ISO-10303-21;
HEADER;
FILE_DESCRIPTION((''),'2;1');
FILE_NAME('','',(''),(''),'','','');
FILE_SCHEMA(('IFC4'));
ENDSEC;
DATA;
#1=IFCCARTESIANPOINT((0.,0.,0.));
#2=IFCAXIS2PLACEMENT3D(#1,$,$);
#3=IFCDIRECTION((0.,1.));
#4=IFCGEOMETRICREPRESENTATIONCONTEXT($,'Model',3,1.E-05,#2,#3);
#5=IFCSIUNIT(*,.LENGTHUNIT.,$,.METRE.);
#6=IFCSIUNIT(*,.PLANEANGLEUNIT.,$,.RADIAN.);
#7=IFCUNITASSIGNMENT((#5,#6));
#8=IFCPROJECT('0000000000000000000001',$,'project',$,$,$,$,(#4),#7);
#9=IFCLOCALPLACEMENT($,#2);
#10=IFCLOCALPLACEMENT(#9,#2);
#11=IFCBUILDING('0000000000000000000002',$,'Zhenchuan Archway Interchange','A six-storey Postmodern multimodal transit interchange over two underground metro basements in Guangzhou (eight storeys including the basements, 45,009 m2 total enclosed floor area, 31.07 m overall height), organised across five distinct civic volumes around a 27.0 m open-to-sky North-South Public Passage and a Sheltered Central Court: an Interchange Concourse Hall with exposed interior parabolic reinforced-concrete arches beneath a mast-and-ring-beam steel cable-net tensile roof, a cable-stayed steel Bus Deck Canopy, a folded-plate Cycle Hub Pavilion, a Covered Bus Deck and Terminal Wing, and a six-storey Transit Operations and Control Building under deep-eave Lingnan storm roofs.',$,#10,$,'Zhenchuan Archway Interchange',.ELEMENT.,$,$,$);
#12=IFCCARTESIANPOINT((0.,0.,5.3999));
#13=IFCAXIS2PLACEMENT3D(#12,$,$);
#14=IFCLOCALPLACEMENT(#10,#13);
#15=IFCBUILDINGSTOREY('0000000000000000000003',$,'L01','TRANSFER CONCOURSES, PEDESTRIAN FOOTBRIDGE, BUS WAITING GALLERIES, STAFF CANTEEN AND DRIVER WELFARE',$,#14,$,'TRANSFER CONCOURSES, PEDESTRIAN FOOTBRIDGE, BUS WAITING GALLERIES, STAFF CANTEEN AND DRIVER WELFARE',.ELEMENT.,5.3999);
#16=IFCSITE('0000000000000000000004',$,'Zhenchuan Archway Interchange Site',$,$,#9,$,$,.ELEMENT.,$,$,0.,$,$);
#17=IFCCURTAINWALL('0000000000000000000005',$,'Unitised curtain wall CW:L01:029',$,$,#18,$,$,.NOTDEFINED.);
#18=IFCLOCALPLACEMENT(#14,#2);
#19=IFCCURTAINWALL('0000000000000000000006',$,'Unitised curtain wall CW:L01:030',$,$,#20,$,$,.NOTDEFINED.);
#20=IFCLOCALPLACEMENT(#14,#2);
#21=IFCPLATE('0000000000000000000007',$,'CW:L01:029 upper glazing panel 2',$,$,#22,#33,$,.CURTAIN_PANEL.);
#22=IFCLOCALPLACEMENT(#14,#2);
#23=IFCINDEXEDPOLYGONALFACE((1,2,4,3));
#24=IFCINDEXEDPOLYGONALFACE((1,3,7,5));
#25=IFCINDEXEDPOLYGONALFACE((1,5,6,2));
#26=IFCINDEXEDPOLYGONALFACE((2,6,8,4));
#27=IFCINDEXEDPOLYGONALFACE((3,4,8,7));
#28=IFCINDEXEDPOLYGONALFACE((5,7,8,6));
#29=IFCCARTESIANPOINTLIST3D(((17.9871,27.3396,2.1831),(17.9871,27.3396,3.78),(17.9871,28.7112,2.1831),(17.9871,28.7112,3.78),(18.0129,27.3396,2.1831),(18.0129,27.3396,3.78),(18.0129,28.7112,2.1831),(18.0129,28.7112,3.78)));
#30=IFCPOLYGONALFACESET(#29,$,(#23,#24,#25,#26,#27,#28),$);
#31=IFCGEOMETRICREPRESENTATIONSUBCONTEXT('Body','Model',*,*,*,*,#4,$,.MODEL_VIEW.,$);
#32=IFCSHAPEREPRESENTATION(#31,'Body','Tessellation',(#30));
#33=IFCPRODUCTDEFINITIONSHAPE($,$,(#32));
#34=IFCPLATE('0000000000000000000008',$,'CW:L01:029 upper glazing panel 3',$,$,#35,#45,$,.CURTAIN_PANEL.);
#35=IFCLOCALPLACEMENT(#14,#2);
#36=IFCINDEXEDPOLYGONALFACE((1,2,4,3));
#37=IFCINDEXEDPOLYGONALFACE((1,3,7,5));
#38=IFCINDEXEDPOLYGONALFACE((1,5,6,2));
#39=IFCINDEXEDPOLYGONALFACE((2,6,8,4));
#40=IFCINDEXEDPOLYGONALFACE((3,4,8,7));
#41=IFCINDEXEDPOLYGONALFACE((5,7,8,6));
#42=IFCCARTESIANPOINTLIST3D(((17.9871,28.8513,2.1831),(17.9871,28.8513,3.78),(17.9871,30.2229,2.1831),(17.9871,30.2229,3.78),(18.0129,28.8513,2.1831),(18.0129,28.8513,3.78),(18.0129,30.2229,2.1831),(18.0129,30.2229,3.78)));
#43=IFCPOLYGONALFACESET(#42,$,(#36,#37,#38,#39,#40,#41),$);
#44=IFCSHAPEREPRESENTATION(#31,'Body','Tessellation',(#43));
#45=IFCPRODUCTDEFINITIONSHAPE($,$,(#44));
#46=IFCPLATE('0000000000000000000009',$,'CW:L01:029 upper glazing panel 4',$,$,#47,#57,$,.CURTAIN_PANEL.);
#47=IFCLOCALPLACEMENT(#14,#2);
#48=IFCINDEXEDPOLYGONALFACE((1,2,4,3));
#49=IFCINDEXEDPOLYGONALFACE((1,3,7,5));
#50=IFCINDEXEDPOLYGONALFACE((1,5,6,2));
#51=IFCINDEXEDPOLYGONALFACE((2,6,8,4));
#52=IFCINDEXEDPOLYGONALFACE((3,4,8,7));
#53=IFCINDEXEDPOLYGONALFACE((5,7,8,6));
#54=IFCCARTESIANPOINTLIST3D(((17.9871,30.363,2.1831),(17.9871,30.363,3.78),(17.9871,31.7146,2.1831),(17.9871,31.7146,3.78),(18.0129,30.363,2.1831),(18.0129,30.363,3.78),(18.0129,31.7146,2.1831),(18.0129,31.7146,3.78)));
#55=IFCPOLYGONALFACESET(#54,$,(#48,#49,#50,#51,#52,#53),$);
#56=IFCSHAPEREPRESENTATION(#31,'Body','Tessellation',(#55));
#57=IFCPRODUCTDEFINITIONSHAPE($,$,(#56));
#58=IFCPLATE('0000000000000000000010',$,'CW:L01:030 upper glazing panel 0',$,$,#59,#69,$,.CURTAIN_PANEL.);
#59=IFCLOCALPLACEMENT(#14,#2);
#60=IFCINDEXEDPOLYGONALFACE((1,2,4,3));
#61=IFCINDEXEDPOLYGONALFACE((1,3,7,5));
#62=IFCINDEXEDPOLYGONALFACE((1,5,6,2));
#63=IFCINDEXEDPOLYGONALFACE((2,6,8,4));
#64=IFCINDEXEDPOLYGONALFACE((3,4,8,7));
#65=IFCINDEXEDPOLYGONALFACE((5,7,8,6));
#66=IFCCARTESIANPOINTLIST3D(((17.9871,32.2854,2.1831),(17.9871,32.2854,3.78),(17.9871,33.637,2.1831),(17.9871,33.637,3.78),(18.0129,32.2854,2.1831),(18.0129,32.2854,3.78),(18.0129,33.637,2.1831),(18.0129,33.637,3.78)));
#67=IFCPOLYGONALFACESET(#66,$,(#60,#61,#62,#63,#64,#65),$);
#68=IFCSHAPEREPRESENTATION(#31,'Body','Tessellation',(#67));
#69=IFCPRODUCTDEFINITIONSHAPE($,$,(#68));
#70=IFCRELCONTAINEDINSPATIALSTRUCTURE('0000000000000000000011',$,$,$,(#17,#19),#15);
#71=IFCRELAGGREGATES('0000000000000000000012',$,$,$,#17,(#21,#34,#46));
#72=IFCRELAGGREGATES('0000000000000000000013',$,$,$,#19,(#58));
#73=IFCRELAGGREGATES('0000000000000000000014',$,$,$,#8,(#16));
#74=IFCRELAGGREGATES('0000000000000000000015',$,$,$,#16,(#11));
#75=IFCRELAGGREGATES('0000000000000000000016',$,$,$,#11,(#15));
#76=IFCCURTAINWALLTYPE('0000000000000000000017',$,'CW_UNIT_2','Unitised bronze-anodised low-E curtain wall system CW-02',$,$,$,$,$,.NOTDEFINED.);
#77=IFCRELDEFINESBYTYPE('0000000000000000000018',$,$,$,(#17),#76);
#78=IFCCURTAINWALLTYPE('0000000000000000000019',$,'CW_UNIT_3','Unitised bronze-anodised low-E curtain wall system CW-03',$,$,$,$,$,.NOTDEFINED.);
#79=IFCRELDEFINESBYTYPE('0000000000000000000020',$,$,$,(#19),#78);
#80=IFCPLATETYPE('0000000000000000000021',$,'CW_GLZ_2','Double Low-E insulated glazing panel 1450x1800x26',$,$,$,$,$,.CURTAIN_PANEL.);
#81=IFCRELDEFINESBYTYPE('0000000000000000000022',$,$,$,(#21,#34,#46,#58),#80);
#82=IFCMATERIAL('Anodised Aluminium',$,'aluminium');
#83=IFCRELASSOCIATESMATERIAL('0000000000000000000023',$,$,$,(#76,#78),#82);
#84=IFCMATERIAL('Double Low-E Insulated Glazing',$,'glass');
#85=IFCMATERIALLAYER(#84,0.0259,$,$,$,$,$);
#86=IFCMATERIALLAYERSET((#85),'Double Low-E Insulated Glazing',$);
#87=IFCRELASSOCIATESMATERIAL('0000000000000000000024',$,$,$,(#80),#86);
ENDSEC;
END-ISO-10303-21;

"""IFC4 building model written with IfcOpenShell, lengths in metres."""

from ifc_helpers import new_model, si_unit, direction, frame, origin, origin_2d, place, context, subcontext, project, spatial, rectangle, extrude, material, layer, layer_set, type_object, element, aggregate, save


model = new_model("IFC4")

# Units and contexts
model_context = context("Model", 3, precision=1e-05, world=origin(), true_north=direction((0.0, 1.0)))
body_context = subcontext(model_context, "Body", "Model", "MODEL_VIEW")
ifc_project = project(units=[si_unit("LENGTHUNIT", "METRE"), si_unit("PLANEANGLEUNIT", "RADIAN")], contexts=[model_context])

# Site, building, storey
site_placement = place(None, origin())
site = spatial("IfcSite", under=ifc_project, at=site_placement, Name="Zhenchuan Archway Interchange Site", CompositionType="ELEMENT", RefElevation=0.0)
building_placement = place(site_placement, origin())
building = spatial("IfcBuilding", under=site, at=building_placement, Name="Zhenchuan Archway Interchange", Description="A six-storey Postmodern multimodal transit interchange over two underground metro basements in Guangzhou (eight storeys including the basements, 45,009 m2 total enclosed floor area, 31.07 m overall height), organised across five distinct civic volumes around a 27.0 m open-to-sky North-South Public Passage and a Sheltered Central Court: an Interchange Concourse Hall with exposed interior parabolic reinforced-concrete arches beneath a mast-and-ring-beam steel cable-net tensile roof, a cable-stayed steel Bus Deck Canopy, a folded-plate Cycle Hub Pavilion, a Covered Bus Deck and Terminal Wing, and a six-storey Transit Operations and Control Building under deep-eave Lingnan storm roofs.", LongName="Zhenchuan Archway Interchange", CompositionType="ELEMENT")
storey_placement = place(building_placement, frame((0.0, 0.0, 5.3999)))
storey = spatial("IfcBuildingStorey", under=building, at=storey_placement, Name="L01", Description="TRANSFER CONCOURSES, PEDESTRIAN FOOTBRIDGE, BUS WAITING GALLERIES, STAFF CANTEEN AND DRIVER WELFARE", LongName="TRANSFER CONCOURSES, PEDESTRIAN FOOTBRIDGE, BUS WAITING GALLERIES, STAFF CANTEEN AND DRIVER WELFARE", CompositionType="ELEMENT", Elevation=5.3999)

# Curtain walls
ifc_material_1 = material(Name="Anodised Aluminium", Category="aluminium")
curtain_wall_type_1 = type_object("IfcCurtainWallType", Name="CW_UNIT_2", Description="Unitised bronze-anodised low-E curtain wall system CW-02", PredefinedType="NOTDEFINED", material=ifc_material_1)
curtain_wall_1_placement = place(storey_placement, origin())
curtain_wall_1 = element("IfcCurtainWall", 1, at=curtain_wall_1_placement, inside=storey, type_object=curtain_wall_type_1, Name="Unitised curtain wall CW:L01:029", PredefinedType="NOTDEFINED")
curtain_wall_type_2 = type_object("IfcCurtainWallType", Name="CW_UNIT_3", Description="Unitised bronze-anodised low-E curtain wall system CW-03", PredefinedType="NOTDEFINED", material=ifc_material_1)
curtain_wall_2_placement = place(storey_placement, origin())
curtain_wall_2 = element("IfcCurtainWall", 2, at=curtain_wall_2_placement, inside=storey, type_object=curtain_wall_type_2, Name="Unitised curtain wall CW:L01:030", PredefinedType="NOTDEFINED")

# Plates
ifc_material_2 = material(Name="Double Low-E Insulated Glazing", Category="glass")
ifc_layer_1 = layer(ifc_material_2, 0.0259)
ifc_layer_set_1 = layer_set([ifc_layer_1], Name="Double Low-E Insulated Glazing")
plate_type_1 = type_object("IfcPlateType", Name="CW_GLZ_2", Description="Double Low-E insulated glazing panel 1450x1800x26", PredefinedType="CURTAIN_PANEL", material=ifc_layer_set_1)
plate_1_placement = place(storey_placement, frame((18.0, 28.0254, 2.1831), z_axis=(0.0, 0.0, 1.0), x_axis=(0.0, 1.0, 0.0)))
plate_1 = element("IfcPlate", 3, at=plate_1_placement, type_object=plate_type_1, Name="CW:L01:029 upper glazing panel 2", PredefinedType="CURTAIN_PANEL", context=body_context, shape_type="SweptSolid", body=[
    extrude(rectangle(XDim=1.3716, YDim=0.0259, at=origin_2d()), origin(), (0.0, 0.0, 1.0), 1.5969),
])
plate_2_placement = place(storey_placement, frame((18.0, 29.5371, 2.1831), z_axis=(0.0, 0.0, 1.0), x_axis=(0.0, 1.0, 0.0)))
plate_2 = element("IfcPlate", 4, at=plate_2_placement, type_object=plate_type_1, Name="CW:L01:029 upper glazing panel 3", PredefinedType="CURTAIN_PANEL", context=body_context, shape_type="SweptSolid", body=[
    extrude(rectangle(XDim=1.3716, YDim=0.0259, at=origin_2d()), origin(), (0.0, 0.0, 1.0), 1.5969),
])
plate_3_placement = place(storey_placement, frame((18.0, 31.0388, 2.1831), z_axis=(0.0, 0.0, 1.0), x_axis=(0.0, 1.0, 0.0)))
plate_3 = element("IfcPlate", 5, at=plate_3_placement, type_object=plate_type_1, Name="CW:L01:029 upper glazing panel 4", PredefinedType="CURTAIN_PANEL", context=body_context, shape_type="SweptSolid", body=[
    extrude(rectangle(XDim=1.3516, YDim=0.0259, at=origin_2d()), origin(), (0.0, 0.0, 1.0), 1.5969),
])
aggregate(curtain_wall_1, [plate_1, plate_2, plate_3])
plate_4_placement = place(storey_placement, frame((18.0, 32.9612, 2.1831), z_axis=(0.0, 0.0, 1.0), x_axis=(0.0, 1.0, 0.0)))
plate_4 = element("IfcPlate", 6, at=plate_4_placement, type_object=plate_type_1, Name="CW:L01:030 upper glazing panel 0", PredefinedType="CURTAIN_PANEL", context=body_context, shape_type="SweptSolid", body=[
    extrude(rectangle(XDim=1.3516, YDim=0.0259, at=origin_2d()), origin(), (0.0, 0.0, 1.0), 1.5969),
])
aggregate(curtain_wall_2, [plate_4])

save(model, "model.ifc")
